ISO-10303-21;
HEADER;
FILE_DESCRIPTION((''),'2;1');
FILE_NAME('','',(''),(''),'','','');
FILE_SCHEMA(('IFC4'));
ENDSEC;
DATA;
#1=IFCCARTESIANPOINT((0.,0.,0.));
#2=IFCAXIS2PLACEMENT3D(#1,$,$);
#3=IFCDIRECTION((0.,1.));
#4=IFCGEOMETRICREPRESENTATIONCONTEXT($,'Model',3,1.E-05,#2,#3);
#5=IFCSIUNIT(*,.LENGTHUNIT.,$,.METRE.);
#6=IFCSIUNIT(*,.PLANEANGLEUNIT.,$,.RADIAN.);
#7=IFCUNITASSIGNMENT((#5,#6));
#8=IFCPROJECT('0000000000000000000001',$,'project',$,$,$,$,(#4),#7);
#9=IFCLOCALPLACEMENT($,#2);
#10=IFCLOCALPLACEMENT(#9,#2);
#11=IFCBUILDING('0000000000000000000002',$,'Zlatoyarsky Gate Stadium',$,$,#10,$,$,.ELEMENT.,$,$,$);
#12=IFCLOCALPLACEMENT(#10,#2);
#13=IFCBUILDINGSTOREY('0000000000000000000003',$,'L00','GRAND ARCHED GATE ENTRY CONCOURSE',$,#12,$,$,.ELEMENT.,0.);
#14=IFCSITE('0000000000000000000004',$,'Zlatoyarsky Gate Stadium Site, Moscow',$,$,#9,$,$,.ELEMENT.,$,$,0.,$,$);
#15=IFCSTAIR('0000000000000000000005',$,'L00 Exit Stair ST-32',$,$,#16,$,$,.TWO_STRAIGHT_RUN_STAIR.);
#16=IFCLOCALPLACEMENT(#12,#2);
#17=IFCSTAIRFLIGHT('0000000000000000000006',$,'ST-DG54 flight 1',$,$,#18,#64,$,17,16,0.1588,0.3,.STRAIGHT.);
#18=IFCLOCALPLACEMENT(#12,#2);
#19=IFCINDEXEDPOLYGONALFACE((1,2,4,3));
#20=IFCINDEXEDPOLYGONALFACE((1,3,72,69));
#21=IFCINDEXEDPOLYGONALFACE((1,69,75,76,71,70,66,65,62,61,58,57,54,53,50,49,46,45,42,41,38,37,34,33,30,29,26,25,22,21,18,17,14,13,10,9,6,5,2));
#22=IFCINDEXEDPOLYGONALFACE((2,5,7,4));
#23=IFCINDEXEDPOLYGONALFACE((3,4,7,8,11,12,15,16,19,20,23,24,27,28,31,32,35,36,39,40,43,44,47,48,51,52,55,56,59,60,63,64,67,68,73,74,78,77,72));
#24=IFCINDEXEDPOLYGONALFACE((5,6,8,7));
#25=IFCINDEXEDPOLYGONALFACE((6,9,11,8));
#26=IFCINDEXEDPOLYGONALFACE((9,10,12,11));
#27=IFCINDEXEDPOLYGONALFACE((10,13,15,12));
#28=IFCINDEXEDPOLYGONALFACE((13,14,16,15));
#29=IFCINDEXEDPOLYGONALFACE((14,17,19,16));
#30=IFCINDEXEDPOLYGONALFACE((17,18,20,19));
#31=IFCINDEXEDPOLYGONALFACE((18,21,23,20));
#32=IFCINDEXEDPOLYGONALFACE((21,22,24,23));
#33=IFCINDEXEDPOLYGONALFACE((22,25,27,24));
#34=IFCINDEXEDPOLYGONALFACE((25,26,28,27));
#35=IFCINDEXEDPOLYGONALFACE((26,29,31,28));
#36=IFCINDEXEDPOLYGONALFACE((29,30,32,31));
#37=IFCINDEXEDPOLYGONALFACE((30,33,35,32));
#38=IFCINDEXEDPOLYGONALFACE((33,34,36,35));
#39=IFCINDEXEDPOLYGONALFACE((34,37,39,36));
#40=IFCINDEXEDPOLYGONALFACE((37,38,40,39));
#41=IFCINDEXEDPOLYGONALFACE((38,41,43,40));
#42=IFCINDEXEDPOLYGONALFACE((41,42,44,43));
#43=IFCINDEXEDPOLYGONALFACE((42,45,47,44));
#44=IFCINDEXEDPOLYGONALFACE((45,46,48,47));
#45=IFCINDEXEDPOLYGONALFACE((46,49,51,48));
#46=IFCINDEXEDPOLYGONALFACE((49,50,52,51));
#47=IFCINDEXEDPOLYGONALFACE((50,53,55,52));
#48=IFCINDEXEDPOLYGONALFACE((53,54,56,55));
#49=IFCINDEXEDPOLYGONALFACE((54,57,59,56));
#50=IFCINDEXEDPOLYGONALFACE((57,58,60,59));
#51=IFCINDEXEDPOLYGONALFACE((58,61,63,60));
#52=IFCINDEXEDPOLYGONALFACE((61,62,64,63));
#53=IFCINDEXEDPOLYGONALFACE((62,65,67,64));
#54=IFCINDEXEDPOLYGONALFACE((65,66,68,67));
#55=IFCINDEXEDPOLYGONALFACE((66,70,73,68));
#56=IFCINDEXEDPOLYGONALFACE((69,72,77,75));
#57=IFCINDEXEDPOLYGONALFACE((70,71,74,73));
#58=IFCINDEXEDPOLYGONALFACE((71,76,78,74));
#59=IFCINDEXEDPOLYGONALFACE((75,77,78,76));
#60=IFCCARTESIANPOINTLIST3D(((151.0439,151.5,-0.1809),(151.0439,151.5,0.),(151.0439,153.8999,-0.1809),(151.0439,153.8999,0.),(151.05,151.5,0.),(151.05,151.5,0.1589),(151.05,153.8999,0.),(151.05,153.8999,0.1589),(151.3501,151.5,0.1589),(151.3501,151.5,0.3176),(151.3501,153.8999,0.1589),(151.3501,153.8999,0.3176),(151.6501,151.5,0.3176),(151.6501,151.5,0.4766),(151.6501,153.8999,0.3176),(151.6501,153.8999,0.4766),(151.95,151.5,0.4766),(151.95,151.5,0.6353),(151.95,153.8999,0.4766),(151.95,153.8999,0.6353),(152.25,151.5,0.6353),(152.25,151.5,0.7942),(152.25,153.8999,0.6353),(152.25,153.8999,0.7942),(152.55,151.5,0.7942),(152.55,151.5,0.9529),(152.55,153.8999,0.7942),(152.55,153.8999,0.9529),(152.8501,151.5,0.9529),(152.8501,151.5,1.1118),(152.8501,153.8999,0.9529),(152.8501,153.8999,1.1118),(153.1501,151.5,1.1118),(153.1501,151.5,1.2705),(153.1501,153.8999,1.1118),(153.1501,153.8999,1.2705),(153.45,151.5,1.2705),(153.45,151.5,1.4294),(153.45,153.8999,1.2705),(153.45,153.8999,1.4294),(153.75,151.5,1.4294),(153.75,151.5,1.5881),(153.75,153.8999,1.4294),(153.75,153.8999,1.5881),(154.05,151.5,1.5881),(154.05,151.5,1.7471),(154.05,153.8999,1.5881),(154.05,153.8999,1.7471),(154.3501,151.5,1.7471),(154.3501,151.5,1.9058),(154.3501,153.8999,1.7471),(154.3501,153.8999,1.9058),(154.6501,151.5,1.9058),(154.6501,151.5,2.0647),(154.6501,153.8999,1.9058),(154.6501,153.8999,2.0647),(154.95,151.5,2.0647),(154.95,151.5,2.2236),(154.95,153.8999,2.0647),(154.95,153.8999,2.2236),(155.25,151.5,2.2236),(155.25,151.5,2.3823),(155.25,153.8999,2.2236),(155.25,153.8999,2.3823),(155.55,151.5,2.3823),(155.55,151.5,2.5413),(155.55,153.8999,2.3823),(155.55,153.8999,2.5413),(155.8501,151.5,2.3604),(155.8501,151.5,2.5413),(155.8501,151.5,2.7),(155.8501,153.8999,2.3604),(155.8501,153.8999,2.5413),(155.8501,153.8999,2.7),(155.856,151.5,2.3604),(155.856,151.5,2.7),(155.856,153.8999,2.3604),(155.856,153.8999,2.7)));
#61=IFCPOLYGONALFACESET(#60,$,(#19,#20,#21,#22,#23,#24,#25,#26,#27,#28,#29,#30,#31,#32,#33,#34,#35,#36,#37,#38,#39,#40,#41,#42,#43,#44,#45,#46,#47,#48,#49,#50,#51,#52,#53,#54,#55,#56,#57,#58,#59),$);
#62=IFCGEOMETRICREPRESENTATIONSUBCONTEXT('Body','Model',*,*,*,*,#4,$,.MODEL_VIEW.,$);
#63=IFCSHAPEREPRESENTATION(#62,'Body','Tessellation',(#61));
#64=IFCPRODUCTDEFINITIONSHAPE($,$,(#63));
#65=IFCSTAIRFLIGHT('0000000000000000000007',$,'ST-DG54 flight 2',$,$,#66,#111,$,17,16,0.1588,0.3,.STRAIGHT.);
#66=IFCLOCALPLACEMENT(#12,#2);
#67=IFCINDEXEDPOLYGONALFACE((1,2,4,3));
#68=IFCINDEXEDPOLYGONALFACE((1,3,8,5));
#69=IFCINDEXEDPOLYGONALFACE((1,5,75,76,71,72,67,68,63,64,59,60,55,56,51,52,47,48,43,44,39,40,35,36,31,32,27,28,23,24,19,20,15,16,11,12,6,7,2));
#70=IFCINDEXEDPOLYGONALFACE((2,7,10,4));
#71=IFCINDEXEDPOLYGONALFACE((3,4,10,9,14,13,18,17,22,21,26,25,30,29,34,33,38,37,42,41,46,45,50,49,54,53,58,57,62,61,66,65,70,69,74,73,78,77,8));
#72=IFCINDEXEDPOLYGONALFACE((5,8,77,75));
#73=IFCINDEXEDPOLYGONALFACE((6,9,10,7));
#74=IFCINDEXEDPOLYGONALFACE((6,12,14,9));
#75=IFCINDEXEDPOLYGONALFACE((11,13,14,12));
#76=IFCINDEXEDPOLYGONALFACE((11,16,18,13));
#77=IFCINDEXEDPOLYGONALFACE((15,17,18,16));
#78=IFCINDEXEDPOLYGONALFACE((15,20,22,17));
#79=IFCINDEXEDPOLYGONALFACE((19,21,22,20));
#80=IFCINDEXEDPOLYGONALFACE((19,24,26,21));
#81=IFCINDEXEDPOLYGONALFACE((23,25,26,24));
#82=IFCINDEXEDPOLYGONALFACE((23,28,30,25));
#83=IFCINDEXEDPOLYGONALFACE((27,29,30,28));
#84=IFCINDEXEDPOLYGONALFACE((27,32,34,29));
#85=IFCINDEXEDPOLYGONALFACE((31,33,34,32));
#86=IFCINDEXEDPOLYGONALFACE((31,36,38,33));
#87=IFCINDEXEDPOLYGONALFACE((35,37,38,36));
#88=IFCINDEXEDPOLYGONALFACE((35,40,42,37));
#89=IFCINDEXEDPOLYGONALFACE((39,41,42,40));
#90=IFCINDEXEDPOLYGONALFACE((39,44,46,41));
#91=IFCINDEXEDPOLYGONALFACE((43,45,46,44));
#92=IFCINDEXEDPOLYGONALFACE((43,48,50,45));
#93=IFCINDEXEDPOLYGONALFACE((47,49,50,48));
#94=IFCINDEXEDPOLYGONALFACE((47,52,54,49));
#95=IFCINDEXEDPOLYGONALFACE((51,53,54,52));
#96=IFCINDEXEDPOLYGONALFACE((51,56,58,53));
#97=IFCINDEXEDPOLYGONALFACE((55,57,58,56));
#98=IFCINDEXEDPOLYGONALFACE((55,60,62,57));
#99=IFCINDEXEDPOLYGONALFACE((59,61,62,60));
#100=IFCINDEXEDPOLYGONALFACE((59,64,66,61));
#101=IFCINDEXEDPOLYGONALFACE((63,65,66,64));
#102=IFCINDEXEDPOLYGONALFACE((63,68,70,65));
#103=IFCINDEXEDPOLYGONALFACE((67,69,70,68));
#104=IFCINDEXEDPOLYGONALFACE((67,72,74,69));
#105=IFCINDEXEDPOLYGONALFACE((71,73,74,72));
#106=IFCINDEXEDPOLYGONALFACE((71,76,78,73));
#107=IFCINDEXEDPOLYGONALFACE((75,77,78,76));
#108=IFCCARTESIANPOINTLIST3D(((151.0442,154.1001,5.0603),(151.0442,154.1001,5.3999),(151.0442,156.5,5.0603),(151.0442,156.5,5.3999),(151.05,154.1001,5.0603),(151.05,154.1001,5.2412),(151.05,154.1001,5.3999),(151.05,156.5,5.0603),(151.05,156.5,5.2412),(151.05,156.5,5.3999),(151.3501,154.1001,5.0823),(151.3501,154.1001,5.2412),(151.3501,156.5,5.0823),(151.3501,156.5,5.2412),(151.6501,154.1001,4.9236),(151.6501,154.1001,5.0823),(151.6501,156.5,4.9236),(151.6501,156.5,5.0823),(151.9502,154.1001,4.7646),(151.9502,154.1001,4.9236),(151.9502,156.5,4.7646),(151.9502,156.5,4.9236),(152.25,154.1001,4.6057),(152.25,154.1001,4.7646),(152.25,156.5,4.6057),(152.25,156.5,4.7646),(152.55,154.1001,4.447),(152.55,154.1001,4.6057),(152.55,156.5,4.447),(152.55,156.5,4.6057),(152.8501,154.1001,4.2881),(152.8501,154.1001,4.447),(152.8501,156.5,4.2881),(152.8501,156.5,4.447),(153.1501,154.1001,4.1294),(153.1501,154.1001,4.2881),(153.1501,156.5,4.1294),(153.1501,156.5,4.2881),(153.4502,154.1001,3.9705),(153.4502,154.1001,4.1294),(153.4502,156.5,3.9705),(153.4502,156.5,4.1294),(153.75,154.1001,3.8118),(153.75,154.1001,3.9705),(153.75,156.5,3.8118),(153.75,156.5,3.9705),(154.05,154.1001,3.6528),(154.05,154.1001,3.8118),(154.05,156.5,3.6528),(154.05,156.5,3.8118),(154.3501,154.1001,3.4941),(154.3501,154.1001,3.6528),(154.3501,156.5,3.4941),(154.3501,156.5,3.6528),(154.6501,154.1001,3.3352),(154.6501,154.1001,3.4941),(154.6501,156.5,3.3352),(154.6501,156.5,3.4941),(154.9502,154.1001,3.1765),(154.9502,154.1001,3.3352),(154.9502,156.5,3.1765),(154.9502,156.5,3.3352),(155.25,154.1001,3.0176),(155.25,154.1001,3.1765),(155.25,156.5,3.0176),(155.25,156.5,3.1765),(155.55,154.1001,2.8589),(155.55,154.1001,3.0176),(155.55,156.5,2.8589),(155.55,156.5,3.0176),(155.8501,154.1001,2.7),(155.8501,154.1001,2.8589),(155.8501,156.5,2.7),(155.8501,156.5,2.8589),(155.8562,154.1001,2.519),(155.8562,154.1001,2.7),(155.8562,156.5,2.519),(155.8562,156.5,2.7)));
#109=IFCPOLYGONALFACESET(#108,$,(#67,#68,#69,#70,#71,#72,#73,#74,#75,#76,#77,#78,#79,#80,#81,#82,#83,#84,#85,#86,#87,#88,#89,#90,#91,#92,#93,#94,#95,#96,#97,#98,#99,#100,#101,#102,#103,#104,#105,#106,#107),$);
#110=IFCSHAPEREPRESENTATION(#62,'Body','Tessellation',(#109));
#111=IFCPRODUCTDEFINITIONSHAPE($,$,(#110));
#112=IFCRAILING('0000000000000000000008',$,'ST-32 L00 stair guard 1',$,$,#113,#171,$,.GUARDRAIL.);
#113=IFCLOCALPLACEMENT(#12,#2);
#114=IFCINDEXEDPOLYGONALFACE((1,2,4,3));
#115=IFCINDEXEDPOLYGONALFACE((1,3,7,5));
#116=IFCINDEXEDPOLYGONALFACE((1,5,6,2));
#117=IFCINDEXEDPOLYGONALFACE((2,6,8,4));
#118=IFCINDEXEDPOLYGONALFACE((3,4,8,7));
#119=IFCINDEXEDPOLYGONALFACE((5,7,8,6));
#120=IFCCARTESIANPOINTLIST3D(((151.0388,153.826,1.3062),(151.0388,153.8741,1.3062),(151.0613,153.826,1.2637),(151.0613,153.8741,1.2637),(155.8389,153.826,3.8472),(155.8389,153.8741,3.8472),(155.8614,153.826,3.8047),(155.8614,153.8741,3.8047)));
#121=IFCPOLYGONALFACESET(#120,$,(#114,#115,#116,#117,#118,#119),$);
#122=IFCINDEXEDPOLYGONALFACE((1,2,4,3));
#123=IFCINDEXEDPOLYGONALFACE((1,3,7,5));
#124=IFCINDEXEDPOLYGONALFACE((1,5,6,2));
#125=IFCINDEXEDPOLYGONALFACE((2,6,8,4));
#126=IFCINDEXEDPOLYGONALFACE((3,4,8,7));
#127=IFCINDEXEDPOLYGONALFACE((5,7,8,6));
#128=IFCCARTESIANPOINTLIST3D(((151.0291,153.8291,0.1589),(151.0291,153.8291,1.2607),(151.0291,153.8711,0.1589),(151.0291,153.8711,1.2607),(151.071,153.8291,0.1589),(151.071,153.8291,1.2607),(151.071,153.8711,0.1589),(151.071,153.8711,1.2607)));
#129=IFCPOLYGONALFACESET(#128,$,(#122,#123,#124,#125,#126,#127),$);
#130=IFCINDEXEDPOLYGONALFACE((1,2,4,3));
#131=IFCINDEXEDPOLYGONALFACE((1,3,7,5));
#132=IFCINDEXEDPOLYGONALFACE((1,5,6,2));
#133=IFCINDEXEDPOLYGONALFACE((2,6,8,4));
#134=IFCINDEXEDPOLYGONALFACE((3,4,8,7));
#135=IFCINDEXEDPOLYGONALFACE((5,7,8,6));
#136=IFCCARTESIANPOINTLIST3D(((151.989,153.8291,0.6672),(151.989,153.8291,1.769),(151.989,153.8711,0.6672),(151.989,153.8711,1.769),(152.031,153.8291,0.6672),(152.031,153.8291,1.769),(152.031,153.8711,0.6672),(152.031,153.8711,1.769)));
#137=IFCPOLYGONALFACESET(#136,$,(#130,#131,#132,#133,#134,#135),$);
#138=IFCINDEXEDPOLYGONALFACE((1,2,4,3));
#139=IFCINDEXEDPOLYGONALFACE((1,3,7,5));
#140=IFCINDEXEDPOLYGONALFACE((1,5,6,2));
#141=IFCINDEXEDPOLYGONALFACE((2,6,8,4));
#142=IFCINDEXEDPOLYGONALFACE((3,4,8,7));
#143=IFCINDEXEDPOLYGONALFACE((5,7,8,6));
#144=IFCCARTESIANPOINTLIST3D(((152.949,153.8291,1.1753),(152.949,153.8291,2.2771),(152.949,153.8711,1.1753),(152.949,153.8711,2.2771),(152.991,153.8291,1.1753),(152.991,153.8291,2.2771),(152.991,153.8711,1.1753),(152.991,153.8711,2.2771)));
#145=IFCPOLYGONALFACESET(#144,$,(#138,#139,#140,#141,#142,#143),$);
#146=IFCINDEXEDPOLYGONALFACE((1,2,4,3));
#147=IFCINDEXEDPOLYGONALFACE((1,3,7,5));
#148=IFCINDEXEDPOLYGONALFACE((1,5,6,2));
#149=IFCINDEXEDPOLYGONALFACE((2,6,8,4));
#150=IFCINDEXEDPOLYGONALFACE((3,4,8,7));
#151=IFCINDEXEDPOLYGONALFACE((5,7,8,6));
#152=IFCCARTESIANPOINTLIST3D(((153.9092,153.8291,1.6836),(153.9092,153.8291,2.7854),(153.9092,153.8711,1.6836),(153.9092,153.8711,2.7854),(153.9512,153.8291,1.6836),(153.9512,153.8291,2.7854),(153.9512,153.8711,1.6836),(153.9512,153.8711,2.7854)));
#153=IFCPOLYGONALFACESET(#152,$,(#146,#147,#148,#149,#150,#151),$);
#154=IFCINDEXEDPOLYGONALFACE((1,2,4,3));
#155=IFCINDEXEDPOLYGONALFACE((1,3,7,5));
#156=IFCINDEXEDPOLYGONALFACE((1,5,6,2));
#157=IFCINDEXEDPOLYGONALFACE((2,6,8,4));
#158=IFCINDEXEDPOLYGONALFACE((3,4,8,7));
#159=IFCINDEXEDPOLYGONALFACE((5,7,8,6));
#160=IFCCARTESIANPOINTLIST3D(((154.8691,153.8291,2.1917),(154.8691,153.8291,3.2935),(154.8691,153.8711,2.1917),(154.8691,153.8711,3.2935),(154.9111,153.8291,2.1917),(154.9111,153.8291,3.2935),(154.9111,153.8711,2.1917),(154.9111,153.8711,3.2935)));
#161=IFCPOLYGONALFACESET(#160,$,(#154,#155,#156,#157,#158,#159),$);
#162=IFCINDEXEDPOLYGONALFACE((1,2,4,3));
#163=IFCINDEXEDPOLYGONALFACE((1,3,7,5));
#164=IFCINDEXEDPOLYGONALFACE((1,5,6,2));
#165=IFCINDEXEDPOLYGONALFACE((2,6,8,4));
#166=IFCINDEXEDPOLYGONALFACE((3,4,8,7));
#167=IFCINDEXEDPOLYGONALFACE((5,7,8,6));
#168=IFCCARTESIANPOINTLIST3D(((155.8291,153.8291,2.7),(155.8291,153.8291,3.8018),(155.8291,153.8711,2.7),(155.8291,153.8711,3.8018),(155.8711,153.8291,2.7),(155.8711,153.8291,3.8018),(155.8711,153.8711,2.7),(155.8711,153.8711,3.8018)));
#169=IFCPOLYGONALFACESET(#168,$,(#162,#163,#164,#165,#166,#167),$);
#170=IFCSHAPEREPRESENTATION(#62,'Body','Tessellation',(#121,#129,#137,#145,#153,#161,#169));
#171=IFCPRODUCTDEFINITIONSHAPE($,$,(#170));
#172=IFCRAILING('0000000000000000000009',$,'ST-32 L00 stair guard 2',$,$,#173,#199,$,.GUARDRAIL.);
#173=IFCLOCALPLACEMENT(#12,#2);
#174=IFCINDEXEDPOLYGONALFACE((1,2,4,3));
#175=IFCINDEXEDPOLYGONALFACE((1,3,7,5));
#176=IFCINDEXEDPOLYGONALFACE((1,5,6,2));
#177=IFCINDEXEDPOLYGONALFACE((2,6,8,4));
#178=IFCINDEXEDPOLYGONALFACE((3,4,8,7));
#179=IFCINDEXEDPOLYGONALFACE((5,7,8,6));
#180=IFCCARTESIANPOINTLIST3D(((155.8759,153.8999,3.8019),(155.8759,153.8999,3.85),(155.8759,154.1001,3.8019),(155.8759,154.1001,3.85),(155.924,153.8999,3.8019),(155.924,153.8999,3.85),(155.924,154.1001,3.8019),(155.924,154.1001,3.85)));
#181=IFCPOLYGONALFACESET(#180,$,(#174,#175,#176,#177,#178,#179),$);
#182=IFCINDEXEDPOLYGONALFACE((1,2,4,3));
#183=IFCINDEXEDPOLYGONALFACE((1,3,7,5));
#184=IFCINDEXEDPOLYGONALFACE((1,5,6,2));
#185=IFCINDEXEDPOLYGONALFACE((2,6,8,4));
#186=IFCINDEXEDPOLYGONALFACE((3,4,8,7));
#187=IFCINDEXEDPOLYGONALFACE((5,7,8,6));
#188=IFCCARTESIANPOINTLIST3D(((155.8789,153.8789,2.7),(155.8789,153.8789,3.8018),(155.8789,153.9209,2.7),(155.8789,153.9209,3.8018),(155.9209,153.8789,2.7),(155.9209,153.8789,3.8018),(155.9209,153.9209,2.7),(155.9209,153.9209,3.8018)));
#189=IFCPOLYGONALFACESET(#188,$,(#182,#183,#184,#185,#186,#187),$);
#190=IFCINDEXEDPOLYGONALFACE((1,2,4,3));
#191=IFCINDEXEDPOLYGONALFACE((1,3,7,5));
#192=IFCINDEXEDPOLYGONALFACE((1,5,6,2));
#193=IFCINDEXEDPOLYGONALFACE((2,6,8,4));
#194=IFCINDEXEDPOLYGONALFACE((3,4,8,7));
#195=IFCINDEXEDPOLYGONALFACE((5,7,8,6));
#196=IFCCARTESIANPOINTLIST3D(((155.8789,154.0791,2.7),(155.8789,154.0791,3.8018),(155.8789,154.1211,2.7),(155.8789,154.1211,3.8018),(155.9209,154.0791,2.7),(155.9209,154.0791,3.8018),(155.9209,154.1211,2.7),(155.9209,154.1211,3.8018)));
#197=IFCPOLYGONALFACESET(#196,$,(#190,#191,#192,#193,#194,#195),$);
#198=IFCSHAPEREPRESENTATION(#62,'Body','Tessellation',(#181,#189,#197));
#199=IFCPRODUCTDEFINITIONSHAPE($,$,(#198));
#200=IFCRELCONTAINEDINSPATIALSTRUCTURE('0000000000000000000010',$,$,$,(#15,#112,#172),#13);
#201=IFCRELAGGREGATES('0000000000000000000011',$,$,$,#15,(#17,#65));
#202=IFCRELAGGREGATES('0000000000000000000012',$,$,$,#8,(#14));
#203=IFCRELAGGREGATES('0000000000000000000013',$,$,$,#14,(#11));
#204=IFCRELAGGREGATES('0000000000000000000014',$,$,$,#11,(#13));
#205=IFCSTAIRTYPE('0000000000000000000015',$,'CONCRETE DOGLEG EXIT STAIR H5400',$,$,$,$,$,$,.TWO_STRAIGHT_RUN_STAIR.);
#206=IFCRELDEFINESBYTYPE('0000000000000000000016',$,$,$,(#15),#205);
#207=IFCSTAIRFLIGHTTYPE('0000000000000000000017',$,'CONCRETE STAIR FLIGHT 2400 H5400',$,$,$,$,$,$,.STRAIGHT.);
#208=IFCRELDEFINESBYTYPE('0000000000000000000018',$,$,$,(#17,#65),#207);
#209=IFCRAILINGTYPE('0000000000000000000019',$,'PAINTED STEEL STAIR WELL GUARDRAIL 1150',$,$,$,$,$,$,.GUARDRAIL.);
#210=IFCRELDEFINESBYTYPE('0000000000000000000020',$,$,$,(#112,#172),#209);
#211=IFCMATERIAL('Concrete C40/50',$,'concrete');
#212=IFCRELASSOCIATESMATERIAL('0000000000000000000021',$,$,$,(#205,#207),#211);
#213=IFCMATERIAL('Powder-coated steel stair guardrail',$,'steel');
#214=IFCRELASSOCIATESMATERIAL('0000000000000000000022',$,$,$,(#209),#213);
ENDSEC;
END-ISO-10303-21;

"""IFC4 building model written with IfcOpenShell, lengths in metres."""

from ifc_helpers import new_model, si_unit, direction, frame, origin, origin_2d, place, context, subcontext, project, spatial, polyline, rectangle, outline, extrude, material, type_object, element, aggregate, save


model = new_model("IFC4")

# Units and contexts
model_context = context("Model", 3, precision=1e-05, world=origin(), true_north=direction((0.0, 1.0)))
body_context = subcontext(model_context, "Body", "Model", "MODEL_VIEW")
ifc_project = project(units=[si_unit("LENGTHUNIT", "METRE"), si_unit("PLANEANGLEUNIT", "RADIAN")], contexts=[model_context])

# Site, building, storey
site_placement = place(None, origin())
site = spatial("IfcSite", under=ifc_project, at=site_placement, Name="Zlatoyarsky Gate Stadium Site, Moscow", CompositionType="ELEMENT", RefElevation=0.0)
building_placement = place(site_placement, origin())
building = spatial("IfcBuilding", under=site, at=building_placement, Name="Zlatoyarsky Gate Stadium", CompositionType="ELEMENT")
storey_placement = place(building_placement, origin())
storey = spatial("IfcBuildingStorey", under=building, at=storey_placement, Name="L00", Description="GRAND ARCHED GATE ENTRY CONCOURSE", CompositionType="ELEMENT", Elevation=0.0)

# Shared definitions
ifc_material_1 = material(Name="Concrete C40/50", Category="concrete")

# Stair, stair flights
stair_type = type_object("IfcStairType", Name="CONCRETE DOGLEG EXIT STAIR H5400", PredefinedType="TWO_STRAIGHT_RUN_STAIR", material=ifc_material_1)
stair_placement = place(storey_placement, origin())
stair = element("IfcStair", 1, at=stair_placement, inside=storey, type_object=stair_type, Name="L00 Exit Stair ST-32", PredefinedType="TWO_STRAIGHT_RUN_STAIR")
stair_flight_type = type_object("IfcStairFlightType", Name="CONCRETE STAIR FLIGHT 2400 H5400", PredefinedType="STRAIGHT", material=ifc_material_1)
stair_flight_1_placement = place(storey_placement, frame((151.05, 152.7, 0.0), z_axis=(0.0, 0.0, 1.0), x_axis=(1.0, 0.0, 0.0)))
stair_flight_1 = element("IfcStairFlight", 2, at=stair_flight_1_placement, type_object=stair_flight_type, Name="ST-DG54 flight 1", NumberOfRisers=17, NumberOfTreads=16, PredefinedType="STRAIGHT", RiserHeight=0.1588, TreadLength=0.3, context=body_context, shape_type="SweptSolid", body=[
    extrude(outline(polyline([(-0.0061, -0.1809), (-0.0061, 0.0), (0.0, 0.0), (0.0, 0.1589), (0.3, 0.1589), (0.3, 0.3176), (0.6001, 0.3176), (0.6001, 0.4766), (0.8999, 0.4766), (0.8999, 0.6353), (1.2, 0.6353), (1.2, 0.7942), (1.5, 0.7942), (1.5, 0.9529), (1.8, 0.9529), (1.8, 1.1118), (2.1001, 1.1118), (2.1001, 1.2705), (2.3999, 1.2705), (2.3999, 1.4294), (2.7, 1.4294), (2.7, 1.5881), (3.0, 1.5881), (3.0, 1.7471), (3.3, 1.7471), (3.3, 1.9058), (3.6001, 1.9058), (3.6001, 2.0647), (3.8999, 2.0647), (3.8999, 2.2236), (4.2, 2.2236), (4.2, 2.3823), (4.5, 2.3823), (4.5, 2.5413), (4.8, 2.5413), (4.8, 2.7), (4.8059, 2.7), (4.8059, 2.3604), (4.8, 2.3604), (-0.0061, -0.1809)])), frame((0.0, 1.2, 0.0), z_axis=(0.0, -1.0, 0.0), x_axis=(1.0, 0.0, 0.0)), (0.0, 0.0, 1.0), 2.3999),
])
stair_flight_2_placement = place(storey_placement, frame((155.8501, 155.3, 2.7), z_axis=(0.0, 0.0, 1.0), x_axis=(-1.0, 0.0, 0.0)))
stair_flight_2 = element("IfcStairFlight", 3, at=stair_flight_2_placement, type_object=stair_flight_type, Name="ST-DG54 flight 2", NumberOfRisers=17, NumberOfTreads=16, PredefinedType="STRAIGHT", RiserHeight=0.1588, TreadLength=0.3, context=body_context, shape_type="SweptSolid", body=[
    extrude(outline(polyline([(-0.0061, -0.1809), (-0.0061, 0.0), (0.0, 0.0), (0.0, 0.1589), (0.3, 0.1589), (0.3, 0.3176), (0.6001, 0.3176), (0.6001, 0.4766), (0.8999, 0.4766), (0.8999, 0.6353), (1.2, 0.6353), (1.2, 0.7942), (1.5, 0.7942), (1.5, 0.9529), (1.8, 0.9529), (1.8, 1.1118), (2.1001, 1.1118), (2.1001, 1.2705), (2.3999, 1.2705), (2.3999, 1.4294), (2.7, 1.4294), (2.7, 1.5881), (3.0, 1.5881), (3.0, 1.7471), (3.3, 1.7471), (3.3, 1.9058), (3.6001, 1.9058), (3.6001, 2.0647), (3.8999, 2.0647), (3.8999, 2.2236), (4.2, 2.2236), (4.2, 2.3823), (4.5, 2.3823), (4.5, 2.5413), (4.8, 2.5413), (4.8, 2.7), (4.8059, 2.7), (4.8059, 2.3604), (4.8, 2.3604), (-0.0061, -0.1809)])), frame((0.0, 1.2, 0.0), z_axis=(0.0, -1.0, 0.0), x_axis=(1.0, 0.0, 0.0)), (0.0, 0.0, 1.0), 2.3999),
])
aggregate(stair, [stair_flight_1, stair_flight_2])

# Railings
ifc_material_2 = material(Name="Powder-coated steel stair guardrail", Category="steel")
railing_type_1 = type_object("IfcRailingType", Name="PAINTED STEEL STAIR WELL GUARDRAIL 1150", PredefinedType="GUARDRAIL", material=ifc_material_2)
railing_1_placement = place(storey_placement, frame((151.05, 153.8501, 0.1589)))
element("IfcRailing", 4, at=railing_1_placement, inside=storey, type_object=railing_type_1, Name="ST-32 L00 stair guard 1", PredefinedType="GUARDRAIL", context=body_context, shape_type="SweptSolid", body=[
    extrude(rectangle(XDim=0.0481, YDim=0.0481, at=origin_2d()), frame((0.0, 0.0, 1.126), z_axis=(0.883802, 0.0, 0.467861), x_axis=(0.0, 1.0, 0.0)), (0.0, 0.0, 1.0), 5.4312),
    extrude(rectangle(XDim=0.042, YDim=0.042, at=origin_2d()), origin(), (0.0, 0.0, 1.0), 1.1018),
    extrude(rectangle(XDim=0.042, YDim=0.042, at=origin_2d()), frame((0.96, 0.0, 0.5083)), (0.0, 0.0, 1.0), 1.1018),
    extrude(rectangle(XDim=0.042, YDim=0.042, at=origin_2d()), frame((1.9199, 0.0, 1.0164)), (0.0, 0.0, 1.0), 1.1018),
    extrude(rectangle(XDim=0.042, YDim=0.042, at=origin_2d()), frame((2.8801, 0.0, 1.5247)), (0.0, 0.0, 1.0), 1.1018),
    extrude(rectangle(XDim=0.042, YDim=0.042, at=origin_2d()), frame((3.8401, 0.0, 2.0327)), (0.0, 0.0, 1.0), 1.1018),
    extrude(rectangle(XDim=0.042, YDim=0.042, at=origin_2d()), frame((4.8, 0.0, 2.541)), (0.0, 0.0, 1.0), 1.1018),
])
railing_2_placement = place(storey_placement, frame((155.8999, 153.8999, 2.7)))
element("IfcRailing", 5, at=railing_2_placement, inside=storey, type_object=railing_type_1, Name="ST-32 L00 stair guard 2", PredefinedType="GUARDRAIL", context=body_context, shape_type="SweptSolid", body=[
    extrude(rectangle(XDim=0.0481, YDim=0.0481, at=origin_2d()), frame((0.0, 0.0, 1.126), z_axis=(0.0, 1.0, 0.0), x_axis=(-1.0, 0.0, 0.0)), (0.0, 0.0, 1.0), 0.2002),
    extrude(rectangle(XDim=0.042, YDim=0.042, at=origin_2d()), origin(), (0.0, 0.0, 1.0), 1.1018),
    extrude(rectangle(XDim=0.042, YDim=0.042, at=origin_2d()), frame((0.0, 0.2002, 0.0)), (0.0, 0.0, 1.0), 1.1018),
])

save(model, "model.ifc")
